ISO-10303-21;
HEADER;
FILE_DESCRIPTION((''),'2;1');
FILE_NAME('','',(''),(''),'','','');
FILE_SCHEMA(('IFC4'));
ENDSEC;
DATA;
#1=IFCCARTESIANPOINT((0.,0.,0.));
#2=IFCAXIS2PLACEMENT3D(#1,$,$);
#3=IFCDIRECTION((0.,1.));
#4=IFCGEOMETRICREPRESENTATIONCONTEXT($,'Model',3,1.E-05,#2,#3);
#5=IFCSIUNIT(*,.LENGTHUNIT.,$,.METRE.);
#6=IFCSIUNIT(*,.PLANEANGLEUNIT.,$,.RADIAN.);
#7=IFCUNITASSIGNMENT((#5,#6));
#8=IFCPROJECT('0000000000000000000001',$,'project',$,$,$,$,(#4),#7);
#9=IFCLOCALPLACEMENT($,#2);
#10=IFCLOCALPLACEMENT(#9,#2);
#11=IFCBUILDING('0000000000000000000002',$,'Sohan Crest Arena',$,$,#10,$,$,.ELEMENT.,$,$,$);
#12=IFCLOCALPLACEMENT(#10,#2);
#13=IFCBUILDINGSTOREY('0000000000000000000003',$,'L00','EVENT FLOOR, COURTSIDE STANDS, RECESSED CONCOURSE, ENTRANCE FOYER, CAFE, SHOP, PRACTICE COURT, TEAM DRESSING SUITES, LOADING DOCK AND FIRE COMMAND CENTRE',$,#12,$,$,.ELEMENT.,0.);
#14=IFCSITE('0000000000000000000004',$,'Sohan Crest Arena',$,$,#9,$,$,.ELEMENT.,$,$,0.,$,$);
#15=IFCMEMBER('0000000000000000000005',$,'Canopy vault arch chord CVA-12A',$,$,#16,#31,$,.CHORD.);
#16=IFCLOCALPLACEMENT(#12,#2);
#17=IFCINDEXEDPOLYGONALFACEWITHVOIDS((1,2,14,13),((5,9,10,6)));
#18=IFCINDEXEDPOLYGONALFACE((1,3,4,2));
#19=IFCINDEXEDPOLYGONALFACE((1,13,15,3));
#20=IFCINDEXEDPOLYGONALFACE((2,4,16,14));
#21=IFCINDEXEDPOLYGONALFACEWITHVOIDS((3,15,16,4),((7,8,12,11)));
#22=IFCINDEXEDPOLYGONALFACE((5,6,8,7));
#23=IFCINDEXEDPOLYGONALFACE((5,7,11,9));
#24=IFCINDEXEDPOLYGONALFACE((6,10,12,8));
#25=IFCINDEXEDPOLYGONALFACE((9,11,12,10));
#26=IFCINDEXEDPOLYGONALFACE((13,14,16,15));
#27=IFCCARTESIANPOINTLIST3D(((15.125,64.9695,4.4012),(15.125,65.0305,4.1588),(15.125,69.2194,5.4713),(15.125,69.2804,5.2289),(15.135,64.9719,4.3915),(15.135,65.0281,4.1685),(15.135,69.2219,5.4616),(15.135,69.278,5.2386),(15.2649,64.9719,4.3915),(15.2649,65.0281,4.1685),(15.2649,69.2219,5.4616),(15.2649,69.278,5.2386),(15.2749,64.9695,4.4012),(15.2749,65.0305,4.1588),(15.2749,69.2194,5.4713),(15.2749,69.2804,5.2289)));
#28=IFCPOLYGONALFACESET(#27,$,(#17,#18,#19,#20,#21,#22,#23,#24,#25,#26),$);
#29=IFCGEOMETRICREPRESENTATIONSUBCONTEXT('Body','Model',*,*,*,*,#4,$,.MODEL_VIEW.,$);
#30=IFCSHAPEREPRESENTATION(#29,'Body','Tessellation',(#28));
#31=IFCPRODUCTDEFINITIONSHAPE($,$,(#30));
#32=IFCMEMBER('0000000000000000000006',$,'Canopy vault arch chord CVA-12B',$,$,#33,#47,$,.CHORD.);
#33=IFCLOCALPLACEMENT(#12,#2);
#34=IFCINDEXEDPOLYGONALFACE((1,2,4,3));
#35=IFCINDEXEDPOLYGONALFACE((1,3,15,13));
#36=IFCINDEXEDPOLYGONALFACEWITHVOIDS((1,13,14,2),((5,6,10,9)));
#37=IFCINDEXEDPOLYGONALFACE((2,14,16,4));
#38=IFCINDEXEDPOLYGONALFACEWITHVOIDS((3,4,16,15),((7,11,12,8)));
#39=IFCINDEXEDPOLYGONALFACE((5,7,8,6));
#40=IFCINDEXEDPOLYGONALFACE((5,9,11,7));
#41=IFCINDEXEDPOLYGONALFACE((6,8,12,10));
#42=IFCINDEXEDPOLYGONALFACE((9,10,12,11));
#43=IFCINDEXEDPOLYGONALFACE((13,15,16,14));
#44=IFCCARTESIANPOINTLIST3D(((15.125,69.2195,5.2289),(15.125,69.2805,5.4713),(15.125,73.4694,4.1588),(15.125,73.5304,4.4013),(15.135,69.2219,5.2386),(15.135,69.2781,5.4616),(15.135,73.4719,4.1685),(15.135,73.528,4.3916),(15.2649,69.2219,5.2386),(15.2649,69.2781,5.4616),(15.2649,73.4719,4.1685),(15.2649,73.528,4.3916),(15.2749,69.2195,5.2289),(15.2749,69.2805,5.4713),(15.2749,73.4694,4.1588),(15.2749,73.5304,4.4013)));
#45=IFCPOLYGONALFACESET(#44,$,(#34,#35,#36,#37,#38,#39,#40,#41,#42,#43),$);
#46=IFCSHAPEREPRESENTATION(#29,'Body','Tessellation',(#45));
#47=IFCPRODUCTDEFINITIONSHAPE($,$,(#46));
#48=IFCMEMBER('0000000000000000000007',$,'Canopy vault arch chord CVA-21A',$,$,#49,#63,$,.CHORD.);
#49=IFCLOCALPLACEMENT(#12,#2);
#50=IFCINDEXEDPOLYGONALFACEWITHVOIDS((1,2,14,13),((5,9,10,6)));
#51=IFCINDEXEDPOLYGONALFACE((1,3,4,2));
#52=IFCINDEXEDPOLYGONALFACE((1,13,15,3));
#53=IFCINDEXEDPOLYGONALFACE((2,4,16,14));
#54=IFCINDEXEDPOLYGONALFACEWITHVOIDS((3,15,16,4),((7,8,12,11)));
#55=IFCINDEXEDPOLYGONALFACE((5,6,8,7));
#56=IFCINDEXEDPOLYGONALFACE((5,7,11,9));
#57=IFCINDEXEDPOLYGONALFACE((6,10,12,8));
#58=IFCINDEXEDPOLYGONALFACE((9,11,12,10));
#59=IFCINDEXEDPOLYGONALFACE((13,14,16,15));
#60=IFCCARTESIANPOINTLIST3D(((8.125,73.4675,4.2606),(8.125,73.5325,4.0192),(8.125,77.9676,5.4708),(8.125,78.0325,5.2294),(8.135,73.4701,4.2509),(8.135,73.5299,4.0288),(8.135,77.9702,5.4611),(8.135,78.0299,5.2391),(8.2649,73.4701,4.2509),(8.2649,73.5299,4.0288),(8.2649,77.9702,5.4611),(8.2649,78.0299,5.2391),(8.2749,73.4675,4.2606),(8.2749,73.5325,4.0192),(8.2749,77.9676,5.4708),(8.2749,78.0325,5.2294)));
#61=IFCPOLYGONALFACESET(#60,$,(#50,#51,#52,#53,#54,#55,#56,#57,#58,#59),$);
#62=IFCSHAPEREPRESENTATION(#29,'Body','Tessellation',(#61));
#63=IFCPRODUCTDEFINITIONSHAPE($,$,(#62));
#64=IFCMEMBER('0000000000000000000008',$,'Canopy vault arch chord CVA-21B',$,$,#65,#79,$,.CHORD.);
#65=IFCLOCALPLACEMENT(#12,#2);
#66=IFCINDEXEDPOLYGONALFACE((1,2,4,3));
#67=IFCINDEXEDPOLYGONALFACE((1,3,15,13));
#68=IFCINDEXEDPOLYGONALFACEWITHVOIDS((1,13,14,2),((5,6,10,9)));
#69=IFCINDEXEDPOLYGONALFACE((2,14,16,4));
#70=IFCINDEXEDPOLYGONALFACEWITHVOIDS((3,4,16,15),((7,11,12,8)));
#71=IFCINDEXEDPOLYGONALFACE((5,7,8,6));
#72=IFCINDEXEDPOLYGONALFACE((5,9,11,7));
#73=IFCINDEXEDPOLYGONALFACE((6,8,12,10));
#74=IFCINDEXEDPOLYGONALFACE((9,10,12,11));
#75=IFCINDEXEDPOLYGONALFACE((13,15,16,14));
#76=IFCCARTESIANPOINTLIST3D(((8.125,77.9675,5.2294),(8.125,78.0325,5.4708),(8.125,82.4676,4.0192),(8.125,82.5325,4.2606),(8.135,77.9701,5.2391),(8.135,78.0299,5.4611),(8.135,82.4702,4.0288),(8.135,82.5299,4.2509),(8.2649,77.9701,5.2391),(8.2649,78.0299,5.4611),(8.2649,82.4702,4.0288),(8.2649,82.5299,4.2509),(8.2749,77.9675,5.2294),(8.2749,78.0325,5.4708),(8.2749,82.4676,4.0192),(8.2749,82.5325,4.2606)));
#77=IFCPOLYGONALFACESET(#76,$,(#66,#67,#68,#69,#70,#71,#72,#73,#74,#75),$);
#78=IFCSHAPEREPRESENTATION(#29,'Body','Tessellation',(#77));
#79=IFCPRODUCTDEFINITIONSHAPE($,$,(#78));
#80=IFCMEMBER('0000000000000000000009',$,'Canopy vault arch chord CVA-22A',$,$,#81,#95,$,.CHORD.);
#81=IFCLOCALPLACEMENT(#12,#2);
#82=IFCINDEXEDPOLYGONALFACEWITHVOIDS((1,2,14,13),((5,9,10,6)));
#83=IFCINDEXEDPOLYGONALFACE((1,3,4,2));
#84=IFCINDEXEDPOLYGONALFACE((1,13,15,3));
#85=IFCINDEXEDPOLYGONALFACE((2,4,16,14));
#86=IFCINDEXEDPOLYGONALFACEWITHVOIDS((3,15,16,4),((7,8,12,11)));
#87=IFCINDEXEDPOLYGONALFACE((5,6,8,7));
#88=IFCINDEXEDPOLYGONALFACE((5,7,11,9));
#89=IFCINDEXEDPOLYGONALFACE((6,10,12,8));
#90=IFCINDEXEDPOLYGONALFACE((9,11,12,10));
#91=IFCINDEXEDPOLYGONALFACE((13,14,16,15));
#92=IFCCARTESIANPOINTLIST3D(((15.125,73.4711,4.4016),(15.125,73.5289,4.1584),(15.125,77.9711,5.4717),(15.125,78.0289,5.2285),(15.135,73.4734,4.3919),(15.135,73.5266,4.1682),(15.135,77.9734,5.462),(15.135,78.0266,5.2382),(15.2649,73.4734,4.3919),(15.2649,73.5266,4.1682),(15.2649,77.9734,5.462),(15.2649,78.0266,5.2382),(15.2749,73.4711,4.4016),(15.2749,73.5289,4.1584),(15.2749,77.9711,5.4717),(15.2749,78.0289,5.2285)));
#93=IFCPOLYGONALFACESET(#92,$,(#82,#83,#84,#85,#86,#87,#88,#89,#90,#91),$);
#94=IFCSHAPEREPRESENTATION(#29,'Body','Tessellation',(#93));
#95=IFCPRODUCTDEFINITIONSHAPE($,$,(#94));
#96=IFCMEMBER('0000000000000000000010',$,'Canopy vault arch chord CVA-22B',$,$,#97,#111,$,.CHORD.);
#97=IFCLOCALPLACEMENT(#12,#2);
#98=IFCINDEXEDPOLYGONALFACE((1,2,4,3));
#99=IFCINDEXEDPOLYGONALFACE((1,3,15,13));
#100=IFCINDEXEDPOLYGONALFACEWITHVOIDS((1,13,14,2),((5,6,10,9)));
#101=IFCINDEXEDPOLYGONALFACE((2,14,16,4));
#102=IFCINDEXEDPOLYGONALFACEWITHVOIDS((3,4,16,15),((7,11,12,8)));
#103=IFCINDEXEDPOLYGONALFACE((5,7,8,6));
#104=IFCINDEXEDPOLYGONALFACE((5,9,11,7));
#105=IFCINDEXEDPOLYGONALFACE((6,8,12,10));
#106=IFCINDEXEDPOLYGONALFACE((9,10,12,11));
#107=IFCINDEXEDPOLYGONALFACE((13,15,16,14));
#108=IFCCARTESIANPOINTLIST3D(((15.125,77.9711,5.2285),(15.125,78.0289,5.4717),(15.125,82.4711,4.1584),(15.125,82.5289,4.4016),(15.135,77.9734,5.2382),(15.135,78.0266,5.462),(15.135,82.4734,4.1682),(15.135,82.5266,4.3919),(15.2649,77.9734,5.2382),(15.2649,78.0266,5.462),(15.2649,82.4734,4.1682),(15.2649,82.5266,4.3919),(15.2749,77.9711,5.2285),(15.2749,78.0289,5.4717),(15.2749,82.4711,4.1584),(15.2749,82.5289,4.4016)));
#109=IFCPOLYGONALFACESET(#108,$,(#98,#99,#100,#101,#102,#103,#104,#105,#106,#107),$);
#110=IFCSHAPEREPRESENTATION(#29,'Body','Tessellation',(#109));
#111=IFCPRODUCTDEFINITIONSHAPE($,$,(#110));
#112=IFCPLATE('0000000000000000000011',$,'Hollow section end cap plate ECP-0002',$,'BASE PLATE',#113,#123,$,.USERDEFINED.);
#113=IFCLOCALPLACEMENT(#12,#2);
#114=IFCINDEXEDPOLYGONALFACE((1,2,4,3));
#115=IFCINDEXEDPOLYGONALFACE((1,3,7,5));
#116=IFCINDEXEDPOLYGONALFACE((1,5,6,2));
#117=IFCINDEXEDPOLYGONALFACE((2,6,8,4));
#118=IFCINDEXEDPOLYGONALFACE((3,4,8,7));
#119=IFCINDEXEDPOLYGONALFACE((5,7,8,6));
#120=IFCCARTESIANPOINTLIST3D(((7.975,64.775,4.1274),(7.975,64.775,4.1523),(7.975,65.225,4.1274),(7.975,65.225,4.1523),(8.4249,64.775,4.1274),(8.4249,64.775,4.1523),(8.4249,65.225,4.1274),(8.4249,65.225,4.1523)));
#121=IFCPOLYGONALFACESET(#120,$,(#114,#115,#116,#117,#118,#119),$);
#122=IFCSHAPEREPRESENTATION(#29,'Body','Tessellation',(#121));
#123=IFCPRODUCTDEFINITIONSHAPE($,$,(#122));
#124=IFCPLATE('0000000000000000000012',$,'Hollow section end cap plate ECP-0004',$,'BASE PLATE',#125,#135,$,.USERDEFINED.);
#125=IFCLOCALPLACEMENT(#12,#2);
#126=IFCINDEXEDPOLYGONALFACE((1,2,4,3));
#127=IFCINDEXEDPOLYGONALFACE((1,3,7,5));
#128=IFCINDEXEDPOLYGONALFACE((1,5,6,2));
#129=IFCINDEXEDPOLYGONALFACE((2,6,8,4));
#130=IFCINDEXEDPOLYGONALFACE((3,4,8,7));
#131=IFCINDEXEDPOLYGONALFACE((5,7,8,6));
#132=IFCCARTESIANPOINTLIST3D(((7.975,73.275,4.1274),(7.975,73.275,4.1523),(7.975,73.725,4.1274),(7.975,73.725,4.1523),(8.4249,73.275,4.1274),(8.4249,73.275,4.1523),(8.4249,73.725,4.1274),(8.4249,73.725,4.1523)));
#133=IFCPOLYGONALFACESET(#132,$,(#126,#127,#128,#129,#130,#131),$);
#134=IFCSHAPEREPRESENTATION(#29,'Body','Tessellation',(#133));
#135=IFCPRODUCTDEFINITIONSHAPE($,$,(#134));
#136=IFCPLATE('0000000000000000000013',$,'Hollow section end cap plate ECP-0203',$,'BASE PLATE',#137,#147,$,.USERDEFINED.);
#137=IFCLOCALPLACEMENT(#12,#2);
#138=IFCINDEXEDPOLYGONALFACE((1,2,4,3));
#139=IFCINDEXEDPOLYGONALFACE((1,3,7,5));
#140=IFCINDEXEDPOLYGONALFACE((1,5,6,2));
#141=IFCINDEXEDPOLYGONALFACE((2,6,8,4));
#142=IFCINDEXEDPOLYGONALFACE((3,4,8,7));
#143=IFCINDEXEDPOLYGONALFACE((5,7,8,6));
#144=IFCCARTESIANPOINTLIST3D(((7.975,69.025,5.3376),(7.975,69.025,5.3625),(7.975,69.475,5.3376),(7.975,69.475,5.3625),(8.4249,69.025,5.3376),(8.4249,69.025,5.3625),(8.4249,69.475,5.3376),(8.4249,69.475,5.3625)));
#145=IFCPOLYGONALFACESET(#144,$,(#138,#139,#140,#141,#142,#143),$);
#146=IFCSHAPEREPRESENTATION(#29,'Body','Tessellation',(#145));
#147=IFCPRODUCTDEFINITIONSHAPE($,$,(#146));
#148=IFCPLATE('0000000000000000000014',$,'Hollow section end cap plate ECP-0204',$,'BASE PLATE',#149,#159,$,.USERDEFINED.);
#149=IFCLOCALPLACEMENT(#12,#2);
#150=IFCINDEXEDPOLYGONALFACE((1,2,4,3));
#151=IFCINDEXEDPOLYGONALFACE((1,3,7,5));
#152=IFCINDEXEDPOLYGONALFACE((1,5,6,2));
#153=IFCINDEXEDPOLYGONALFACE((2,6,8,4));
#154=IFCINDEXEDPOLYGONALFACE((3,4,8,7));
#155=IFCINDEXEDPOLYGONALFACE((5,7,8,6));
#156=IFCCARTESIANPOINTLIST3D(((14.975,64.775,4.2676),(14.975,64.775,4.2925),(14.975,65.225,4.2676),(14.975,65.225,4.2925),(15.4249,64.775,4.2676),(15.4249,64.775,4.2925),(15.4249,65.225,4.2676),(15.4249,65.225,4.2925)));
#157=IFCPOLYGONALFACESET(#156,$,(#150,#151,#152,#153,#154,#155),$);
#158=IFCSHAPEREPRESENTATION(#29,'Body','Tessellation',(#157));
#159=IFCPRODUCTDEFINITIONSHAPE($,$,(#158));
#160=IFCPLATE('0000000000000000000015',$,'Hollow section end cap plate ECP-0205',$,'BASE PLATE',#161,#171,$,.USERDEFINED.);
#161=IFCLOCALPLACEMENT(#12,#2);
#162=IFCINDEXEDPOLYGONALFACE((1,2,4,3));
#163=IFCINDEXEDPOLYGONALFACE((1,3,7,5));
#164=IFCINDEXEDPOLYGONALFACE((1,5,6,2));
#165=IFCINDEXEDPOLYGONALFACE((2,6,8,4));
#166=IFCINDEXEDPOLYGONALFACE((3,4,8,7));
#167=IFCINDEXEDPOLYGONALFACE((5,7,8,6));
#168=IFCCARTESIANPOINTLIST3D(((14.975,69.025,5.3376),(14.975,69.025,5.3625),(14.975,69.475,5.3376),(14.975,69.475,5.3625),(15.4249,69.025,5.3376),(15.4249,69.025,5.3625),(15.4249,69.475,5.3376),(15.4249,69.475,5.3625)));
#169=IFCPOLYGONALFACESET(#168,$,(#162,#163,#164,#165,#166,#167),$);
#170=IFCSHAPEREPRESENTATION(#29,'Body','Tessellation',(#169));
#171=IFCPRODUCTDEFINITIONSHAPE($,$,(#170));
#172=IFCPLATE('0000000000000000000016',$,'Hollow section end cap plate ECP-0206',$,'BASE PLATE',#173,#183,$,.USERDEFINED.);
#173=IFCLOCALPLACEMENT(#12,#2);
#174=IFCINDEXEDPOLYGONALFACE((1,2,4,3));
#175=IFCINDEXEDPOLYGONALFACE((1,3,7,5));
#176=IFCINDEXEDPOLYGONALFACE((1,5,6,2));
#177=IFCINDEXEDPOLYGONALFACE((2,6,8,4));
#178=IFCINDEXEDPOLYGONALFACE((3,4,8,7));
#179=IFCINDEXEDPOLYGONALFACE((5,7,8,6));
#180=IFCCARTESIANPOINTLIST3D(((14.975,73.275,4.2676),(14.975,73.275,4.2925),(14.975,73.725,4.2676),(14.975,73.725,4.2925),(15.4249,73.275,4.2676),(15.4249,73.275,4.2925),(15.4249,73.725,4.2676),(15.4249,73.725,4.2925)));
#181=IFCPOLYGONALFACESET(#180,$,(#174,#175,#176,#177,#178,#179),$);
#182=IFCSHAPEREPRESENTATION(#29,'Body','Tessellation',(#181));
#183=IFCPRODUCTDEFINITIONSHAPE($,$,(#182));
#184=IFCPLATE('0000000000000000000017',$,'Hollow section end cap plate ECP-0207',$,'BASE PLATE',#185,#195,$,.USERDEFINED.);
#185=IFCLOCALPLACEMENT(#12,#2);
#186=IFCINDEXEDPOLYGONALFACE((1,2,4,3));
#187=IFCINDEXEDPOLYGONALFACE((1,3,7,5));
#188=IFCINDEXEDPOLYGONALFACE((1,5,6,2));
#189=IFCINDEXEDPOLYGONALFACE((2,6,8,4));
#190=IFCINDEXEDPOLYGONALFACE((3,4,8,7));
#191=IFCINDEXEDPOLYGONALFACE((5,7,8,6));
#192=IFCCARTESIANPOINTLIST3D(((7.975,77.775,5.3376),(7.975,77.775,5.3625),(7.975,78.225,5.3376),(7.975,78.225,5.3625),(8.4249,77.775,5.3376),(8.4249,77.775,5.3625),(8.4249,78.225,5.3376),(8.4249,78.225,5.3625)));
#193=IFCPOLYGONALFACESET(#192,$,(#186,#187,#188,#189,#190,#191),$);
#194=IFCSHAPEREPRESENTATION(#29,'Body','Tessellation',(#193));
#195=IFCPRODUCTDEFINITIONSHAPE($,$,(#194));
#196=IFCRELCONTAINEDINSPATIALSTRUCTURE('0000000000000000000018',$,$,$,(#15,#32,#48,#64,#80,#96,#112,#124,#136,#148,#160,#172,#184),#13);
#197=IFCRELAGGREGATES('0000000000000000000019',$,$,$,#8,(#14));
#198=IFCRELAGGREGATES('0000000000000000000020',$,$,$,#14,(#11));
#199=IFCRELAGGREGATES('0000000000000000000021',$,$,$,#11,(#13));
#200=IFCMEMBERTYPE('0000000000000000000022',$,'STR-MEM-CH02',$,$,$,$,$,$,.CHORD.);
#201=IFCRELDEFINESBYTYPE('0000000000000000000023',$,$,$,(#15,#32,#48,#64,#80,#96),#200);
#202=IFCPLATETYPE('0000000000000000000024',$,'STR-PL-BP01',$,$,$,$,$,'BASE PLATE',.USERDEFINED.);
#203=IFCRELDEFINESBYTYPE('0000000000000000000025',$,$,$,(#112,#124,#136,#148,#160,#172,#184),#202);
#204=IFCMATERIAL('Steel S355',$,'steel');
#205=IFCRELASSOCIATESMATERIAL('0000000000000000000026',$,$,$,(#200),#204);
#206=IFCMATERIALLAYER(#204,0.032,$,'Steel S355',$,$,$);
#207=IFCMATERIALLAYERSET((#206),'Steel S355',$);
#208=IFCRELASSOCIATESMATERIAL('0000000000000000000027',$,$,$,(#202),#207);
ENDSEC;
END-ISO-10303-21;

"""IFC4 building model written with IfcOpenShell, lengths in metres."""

from ifc_helpers import new_model, si_unit, direction, frame, origin, origin_2d, place, context, subcontext, project, spatial, rectangle, hollow_rectangle, extrude, material, layer, layer_set, material_profile, profile_set, type_object, element, save


model = new_model("IFC4")

# Units and contexts
model_context = context("Model", 3, precision=1e-05, world=origin(), true_north=direction((0.0, 1.0)))
body_context = subcontext(model_context, "Body", "Model", "MODEL_VIEW")
ifc_project = project(units=[si_unit("LENGTHUNIT", "METRE"), si_unit("PLANEANGLEUNIT", "RADIAN")], contexts=[model_context])

# Site, building, storey
site_placement = place(None, origin())
site = spatial("IfcSite", under=ifc_project, at=site_placement, Name="Sohan Crest Arena", CompositionType="ELEMENT", RefElevation=0.0)
building_placement = place(site_placement, origin())
building = spatial("IfcBuilding", under=site, at=building_placement, Name="Sohan Crest Arena", CompositionType="ELEMENT")
storey_placement = place(building_placement, origin())
storey = spatial("IfcBuildingStorey", under=building, at=storey_placement, Name="L00", Description="EVENT FLOOR, COURTSIDE STANDS, RECESSED CONCOURSE, ENTRANCE FOYER, CAFE, SHOP, PRACTICE COURT, TEAM DRESSING SUITES, LOADING DOCK AND FIRE COMMAND CENTRE", CompositionType="ELEMENT", Elevation=0.0)

# Shared definitions
ifc_material_1 = material(Name="Steel S355", Category="steel")

# Members
ifc_material_profile_1 = material_profile(ifc_material_1, hollow_rectangle(XDim=0.1499, YDim=0.25, WallThickness=0.01, at=origin_2d()), Name="RHS 250x150x10")
ifc_profile_set_1 = profile_set([ifc_material_profile_1], Name="Steel S355")
member_type_1 = type_object("IfcMemberType", Name="STR-MEM-CH02", PredefinedType="CHORD", material=ifc_profile_set_1)
for number, where, z_axis, x_axis, name in (
    (1, (15.2, 65.0, 4.28), (0.0, 0.969735, 0.244161), (-1.0, 0.0, 0.0), "Canopy vault arch chord CVA-12A"),
    (2, (15.2, 69.25, 5.3501), (0.0, 0.969735, -0.244161), (-1.0, 0.0, 0.0), "Canopy vault arch chord CVA-12B"),
):
    element("IfcMember", number, at=place(storey_placement, frame(where, z_axis=z_axis, x_axis=x_axis)), inside=storey, type_object=member_type_1, Name=name, PredefinedType="CHORD", context=body_context, shape_type="SweptSolid", body=[
        extrude(hollow_rectangle(XDim=0.1499, YDim=0.25, WallThickness=0.01, at=origin_2d()), origin(), (0.0, 0.0, 1.0), 4.3826),
    ])
for number, where, z_axis, x_axis, name in (
    (3, (8.2, 73.5, 4.1399), (0.0, 0.965688, 0.259707), (-1.0, 0.0, 0.0), "Canopy vault arch chord CVA-21A"),
    (4, (8.2, 78.0, 5.3501), (0.0, 0.965688, -0.259707), (-1.0, 0.0, 0.0), "Canopy vault arch chord CVA-21B"),
):
    element("IfcMember", number, at=place(storey_placement, frame(where, z_axis=z_axis, x_axis=x_axis)), inside=storey, type_object=member_type_1, Name=name, PredefinedType="CHORD", context=body_context, shape_type="SweptSolid", body=[
        extrude(hollow_rectangle(XDim=0.1499, YDim=0.25, WallThickness=0.01, at=origin_2d()), origin(), (0.0, 0.0, 1.0), 4.6599),
    ])
for number, where, z_axis, x_axis, name in (
    (5, (15.2, 73.5, 4.28), (0.0, 0.972872, 0.231342), (-1.0, 0.0, 0.0), "Canopy vault arch chord CVA-22A"),
    (6, (15.2, 78.0, 5.3501), (0.0, 0.972872, -0.231342), (-1.0, 0.0, 0.0), "Canopy vault arch chord CVA-22B"),
):
    element("IfcMember", number, at=place(storey_placement, frame(where, z_axis=z_axis, x_axis=x_axis)), inside=storey, type_object=member_type_1, Name=name, PredefinedType="CHORD", context=body_context, shape_type="SweptSolid", body=[
        extrude(hollow_rectangle(XDim=0.1499, YDim=0.25, WallThickness=0.01, at=origin_2d()), origin(), (0.0, 0.0, 1.0), 4.6255),
    ])

# Plates
ifc_layer_1 = layer(ifc_material_1, 0.032, Name="Steel S355")
ifc_layer_set_1 = layer_set([ifc_layer_1], Name="Steel S355")
plate_type = type_object("IfcPlateType", Name="STR-PL-BP01", ElementType="BASE PLATE", PredefinedType="USERDEFINED", material=ifc_layer_set_1)
for number, where, z_axis, x_axis, name in (
    (7, (8.2, 65.0, 4.1274), (0.0, 0.0, 1.0), (1.0, 0.0, 0.0), "Hollow section end cap plate ECP-0002"),
    (8, (8.2, 73.5, 4.1274), (0.0, 0.0, 1.0), (1.0, 0.0, 0.0), "Hollow section end cap plate ECP-0004"),
    (9, (8.2, 69.25, 5.3376), (0.0, 0.0, 1.0), (1.0, 0.0, 0.0), "Hollow section end cap plate ECP-0203"),
    (10, (15.2, 65.0, 4.2676), (0.0, 0.0, 1.0), (1.0, 0.0, 0.0), "Hollow section end cap plate ECP-0204"),
    (11, (15.2, 69.25, 5.3376), (0.0, 0.0, 1.0), (1.0, 0.0, 0.0), "Hollow section end cap plate ECP-0205"),
    (12, (15.2, 73.5, 4.2676), (0.0, 0.0, 1.0), (1.0, 0.0, 0.0), "Hollow section end cap plate ECP-0206"),
    (13, (8.2, 78.0, 5.3376), (0.0, 0.0, 1.0), (1.0, 0.0, 0.0), "Hollow section end cap plate ECP-0207"),
):
    element("IfcPlate", number, at=place(storey_placement, frame(where, z_axis=z_axis, x_axis=x_axis)), inside=storey, type_object=plate_type, Name=name, ObjectType="BASE PLATE", PredefinedType="USERDEFINED", context=body_context, shape_type="SweptSolid", body=[
        extrude(rectangle(XDim=0.45, YDim=0.45, at=origin_2d()), origin(), (0.0, 0.0, 1.0), 0.0249),
    ])

save(model, "model.ifc")
